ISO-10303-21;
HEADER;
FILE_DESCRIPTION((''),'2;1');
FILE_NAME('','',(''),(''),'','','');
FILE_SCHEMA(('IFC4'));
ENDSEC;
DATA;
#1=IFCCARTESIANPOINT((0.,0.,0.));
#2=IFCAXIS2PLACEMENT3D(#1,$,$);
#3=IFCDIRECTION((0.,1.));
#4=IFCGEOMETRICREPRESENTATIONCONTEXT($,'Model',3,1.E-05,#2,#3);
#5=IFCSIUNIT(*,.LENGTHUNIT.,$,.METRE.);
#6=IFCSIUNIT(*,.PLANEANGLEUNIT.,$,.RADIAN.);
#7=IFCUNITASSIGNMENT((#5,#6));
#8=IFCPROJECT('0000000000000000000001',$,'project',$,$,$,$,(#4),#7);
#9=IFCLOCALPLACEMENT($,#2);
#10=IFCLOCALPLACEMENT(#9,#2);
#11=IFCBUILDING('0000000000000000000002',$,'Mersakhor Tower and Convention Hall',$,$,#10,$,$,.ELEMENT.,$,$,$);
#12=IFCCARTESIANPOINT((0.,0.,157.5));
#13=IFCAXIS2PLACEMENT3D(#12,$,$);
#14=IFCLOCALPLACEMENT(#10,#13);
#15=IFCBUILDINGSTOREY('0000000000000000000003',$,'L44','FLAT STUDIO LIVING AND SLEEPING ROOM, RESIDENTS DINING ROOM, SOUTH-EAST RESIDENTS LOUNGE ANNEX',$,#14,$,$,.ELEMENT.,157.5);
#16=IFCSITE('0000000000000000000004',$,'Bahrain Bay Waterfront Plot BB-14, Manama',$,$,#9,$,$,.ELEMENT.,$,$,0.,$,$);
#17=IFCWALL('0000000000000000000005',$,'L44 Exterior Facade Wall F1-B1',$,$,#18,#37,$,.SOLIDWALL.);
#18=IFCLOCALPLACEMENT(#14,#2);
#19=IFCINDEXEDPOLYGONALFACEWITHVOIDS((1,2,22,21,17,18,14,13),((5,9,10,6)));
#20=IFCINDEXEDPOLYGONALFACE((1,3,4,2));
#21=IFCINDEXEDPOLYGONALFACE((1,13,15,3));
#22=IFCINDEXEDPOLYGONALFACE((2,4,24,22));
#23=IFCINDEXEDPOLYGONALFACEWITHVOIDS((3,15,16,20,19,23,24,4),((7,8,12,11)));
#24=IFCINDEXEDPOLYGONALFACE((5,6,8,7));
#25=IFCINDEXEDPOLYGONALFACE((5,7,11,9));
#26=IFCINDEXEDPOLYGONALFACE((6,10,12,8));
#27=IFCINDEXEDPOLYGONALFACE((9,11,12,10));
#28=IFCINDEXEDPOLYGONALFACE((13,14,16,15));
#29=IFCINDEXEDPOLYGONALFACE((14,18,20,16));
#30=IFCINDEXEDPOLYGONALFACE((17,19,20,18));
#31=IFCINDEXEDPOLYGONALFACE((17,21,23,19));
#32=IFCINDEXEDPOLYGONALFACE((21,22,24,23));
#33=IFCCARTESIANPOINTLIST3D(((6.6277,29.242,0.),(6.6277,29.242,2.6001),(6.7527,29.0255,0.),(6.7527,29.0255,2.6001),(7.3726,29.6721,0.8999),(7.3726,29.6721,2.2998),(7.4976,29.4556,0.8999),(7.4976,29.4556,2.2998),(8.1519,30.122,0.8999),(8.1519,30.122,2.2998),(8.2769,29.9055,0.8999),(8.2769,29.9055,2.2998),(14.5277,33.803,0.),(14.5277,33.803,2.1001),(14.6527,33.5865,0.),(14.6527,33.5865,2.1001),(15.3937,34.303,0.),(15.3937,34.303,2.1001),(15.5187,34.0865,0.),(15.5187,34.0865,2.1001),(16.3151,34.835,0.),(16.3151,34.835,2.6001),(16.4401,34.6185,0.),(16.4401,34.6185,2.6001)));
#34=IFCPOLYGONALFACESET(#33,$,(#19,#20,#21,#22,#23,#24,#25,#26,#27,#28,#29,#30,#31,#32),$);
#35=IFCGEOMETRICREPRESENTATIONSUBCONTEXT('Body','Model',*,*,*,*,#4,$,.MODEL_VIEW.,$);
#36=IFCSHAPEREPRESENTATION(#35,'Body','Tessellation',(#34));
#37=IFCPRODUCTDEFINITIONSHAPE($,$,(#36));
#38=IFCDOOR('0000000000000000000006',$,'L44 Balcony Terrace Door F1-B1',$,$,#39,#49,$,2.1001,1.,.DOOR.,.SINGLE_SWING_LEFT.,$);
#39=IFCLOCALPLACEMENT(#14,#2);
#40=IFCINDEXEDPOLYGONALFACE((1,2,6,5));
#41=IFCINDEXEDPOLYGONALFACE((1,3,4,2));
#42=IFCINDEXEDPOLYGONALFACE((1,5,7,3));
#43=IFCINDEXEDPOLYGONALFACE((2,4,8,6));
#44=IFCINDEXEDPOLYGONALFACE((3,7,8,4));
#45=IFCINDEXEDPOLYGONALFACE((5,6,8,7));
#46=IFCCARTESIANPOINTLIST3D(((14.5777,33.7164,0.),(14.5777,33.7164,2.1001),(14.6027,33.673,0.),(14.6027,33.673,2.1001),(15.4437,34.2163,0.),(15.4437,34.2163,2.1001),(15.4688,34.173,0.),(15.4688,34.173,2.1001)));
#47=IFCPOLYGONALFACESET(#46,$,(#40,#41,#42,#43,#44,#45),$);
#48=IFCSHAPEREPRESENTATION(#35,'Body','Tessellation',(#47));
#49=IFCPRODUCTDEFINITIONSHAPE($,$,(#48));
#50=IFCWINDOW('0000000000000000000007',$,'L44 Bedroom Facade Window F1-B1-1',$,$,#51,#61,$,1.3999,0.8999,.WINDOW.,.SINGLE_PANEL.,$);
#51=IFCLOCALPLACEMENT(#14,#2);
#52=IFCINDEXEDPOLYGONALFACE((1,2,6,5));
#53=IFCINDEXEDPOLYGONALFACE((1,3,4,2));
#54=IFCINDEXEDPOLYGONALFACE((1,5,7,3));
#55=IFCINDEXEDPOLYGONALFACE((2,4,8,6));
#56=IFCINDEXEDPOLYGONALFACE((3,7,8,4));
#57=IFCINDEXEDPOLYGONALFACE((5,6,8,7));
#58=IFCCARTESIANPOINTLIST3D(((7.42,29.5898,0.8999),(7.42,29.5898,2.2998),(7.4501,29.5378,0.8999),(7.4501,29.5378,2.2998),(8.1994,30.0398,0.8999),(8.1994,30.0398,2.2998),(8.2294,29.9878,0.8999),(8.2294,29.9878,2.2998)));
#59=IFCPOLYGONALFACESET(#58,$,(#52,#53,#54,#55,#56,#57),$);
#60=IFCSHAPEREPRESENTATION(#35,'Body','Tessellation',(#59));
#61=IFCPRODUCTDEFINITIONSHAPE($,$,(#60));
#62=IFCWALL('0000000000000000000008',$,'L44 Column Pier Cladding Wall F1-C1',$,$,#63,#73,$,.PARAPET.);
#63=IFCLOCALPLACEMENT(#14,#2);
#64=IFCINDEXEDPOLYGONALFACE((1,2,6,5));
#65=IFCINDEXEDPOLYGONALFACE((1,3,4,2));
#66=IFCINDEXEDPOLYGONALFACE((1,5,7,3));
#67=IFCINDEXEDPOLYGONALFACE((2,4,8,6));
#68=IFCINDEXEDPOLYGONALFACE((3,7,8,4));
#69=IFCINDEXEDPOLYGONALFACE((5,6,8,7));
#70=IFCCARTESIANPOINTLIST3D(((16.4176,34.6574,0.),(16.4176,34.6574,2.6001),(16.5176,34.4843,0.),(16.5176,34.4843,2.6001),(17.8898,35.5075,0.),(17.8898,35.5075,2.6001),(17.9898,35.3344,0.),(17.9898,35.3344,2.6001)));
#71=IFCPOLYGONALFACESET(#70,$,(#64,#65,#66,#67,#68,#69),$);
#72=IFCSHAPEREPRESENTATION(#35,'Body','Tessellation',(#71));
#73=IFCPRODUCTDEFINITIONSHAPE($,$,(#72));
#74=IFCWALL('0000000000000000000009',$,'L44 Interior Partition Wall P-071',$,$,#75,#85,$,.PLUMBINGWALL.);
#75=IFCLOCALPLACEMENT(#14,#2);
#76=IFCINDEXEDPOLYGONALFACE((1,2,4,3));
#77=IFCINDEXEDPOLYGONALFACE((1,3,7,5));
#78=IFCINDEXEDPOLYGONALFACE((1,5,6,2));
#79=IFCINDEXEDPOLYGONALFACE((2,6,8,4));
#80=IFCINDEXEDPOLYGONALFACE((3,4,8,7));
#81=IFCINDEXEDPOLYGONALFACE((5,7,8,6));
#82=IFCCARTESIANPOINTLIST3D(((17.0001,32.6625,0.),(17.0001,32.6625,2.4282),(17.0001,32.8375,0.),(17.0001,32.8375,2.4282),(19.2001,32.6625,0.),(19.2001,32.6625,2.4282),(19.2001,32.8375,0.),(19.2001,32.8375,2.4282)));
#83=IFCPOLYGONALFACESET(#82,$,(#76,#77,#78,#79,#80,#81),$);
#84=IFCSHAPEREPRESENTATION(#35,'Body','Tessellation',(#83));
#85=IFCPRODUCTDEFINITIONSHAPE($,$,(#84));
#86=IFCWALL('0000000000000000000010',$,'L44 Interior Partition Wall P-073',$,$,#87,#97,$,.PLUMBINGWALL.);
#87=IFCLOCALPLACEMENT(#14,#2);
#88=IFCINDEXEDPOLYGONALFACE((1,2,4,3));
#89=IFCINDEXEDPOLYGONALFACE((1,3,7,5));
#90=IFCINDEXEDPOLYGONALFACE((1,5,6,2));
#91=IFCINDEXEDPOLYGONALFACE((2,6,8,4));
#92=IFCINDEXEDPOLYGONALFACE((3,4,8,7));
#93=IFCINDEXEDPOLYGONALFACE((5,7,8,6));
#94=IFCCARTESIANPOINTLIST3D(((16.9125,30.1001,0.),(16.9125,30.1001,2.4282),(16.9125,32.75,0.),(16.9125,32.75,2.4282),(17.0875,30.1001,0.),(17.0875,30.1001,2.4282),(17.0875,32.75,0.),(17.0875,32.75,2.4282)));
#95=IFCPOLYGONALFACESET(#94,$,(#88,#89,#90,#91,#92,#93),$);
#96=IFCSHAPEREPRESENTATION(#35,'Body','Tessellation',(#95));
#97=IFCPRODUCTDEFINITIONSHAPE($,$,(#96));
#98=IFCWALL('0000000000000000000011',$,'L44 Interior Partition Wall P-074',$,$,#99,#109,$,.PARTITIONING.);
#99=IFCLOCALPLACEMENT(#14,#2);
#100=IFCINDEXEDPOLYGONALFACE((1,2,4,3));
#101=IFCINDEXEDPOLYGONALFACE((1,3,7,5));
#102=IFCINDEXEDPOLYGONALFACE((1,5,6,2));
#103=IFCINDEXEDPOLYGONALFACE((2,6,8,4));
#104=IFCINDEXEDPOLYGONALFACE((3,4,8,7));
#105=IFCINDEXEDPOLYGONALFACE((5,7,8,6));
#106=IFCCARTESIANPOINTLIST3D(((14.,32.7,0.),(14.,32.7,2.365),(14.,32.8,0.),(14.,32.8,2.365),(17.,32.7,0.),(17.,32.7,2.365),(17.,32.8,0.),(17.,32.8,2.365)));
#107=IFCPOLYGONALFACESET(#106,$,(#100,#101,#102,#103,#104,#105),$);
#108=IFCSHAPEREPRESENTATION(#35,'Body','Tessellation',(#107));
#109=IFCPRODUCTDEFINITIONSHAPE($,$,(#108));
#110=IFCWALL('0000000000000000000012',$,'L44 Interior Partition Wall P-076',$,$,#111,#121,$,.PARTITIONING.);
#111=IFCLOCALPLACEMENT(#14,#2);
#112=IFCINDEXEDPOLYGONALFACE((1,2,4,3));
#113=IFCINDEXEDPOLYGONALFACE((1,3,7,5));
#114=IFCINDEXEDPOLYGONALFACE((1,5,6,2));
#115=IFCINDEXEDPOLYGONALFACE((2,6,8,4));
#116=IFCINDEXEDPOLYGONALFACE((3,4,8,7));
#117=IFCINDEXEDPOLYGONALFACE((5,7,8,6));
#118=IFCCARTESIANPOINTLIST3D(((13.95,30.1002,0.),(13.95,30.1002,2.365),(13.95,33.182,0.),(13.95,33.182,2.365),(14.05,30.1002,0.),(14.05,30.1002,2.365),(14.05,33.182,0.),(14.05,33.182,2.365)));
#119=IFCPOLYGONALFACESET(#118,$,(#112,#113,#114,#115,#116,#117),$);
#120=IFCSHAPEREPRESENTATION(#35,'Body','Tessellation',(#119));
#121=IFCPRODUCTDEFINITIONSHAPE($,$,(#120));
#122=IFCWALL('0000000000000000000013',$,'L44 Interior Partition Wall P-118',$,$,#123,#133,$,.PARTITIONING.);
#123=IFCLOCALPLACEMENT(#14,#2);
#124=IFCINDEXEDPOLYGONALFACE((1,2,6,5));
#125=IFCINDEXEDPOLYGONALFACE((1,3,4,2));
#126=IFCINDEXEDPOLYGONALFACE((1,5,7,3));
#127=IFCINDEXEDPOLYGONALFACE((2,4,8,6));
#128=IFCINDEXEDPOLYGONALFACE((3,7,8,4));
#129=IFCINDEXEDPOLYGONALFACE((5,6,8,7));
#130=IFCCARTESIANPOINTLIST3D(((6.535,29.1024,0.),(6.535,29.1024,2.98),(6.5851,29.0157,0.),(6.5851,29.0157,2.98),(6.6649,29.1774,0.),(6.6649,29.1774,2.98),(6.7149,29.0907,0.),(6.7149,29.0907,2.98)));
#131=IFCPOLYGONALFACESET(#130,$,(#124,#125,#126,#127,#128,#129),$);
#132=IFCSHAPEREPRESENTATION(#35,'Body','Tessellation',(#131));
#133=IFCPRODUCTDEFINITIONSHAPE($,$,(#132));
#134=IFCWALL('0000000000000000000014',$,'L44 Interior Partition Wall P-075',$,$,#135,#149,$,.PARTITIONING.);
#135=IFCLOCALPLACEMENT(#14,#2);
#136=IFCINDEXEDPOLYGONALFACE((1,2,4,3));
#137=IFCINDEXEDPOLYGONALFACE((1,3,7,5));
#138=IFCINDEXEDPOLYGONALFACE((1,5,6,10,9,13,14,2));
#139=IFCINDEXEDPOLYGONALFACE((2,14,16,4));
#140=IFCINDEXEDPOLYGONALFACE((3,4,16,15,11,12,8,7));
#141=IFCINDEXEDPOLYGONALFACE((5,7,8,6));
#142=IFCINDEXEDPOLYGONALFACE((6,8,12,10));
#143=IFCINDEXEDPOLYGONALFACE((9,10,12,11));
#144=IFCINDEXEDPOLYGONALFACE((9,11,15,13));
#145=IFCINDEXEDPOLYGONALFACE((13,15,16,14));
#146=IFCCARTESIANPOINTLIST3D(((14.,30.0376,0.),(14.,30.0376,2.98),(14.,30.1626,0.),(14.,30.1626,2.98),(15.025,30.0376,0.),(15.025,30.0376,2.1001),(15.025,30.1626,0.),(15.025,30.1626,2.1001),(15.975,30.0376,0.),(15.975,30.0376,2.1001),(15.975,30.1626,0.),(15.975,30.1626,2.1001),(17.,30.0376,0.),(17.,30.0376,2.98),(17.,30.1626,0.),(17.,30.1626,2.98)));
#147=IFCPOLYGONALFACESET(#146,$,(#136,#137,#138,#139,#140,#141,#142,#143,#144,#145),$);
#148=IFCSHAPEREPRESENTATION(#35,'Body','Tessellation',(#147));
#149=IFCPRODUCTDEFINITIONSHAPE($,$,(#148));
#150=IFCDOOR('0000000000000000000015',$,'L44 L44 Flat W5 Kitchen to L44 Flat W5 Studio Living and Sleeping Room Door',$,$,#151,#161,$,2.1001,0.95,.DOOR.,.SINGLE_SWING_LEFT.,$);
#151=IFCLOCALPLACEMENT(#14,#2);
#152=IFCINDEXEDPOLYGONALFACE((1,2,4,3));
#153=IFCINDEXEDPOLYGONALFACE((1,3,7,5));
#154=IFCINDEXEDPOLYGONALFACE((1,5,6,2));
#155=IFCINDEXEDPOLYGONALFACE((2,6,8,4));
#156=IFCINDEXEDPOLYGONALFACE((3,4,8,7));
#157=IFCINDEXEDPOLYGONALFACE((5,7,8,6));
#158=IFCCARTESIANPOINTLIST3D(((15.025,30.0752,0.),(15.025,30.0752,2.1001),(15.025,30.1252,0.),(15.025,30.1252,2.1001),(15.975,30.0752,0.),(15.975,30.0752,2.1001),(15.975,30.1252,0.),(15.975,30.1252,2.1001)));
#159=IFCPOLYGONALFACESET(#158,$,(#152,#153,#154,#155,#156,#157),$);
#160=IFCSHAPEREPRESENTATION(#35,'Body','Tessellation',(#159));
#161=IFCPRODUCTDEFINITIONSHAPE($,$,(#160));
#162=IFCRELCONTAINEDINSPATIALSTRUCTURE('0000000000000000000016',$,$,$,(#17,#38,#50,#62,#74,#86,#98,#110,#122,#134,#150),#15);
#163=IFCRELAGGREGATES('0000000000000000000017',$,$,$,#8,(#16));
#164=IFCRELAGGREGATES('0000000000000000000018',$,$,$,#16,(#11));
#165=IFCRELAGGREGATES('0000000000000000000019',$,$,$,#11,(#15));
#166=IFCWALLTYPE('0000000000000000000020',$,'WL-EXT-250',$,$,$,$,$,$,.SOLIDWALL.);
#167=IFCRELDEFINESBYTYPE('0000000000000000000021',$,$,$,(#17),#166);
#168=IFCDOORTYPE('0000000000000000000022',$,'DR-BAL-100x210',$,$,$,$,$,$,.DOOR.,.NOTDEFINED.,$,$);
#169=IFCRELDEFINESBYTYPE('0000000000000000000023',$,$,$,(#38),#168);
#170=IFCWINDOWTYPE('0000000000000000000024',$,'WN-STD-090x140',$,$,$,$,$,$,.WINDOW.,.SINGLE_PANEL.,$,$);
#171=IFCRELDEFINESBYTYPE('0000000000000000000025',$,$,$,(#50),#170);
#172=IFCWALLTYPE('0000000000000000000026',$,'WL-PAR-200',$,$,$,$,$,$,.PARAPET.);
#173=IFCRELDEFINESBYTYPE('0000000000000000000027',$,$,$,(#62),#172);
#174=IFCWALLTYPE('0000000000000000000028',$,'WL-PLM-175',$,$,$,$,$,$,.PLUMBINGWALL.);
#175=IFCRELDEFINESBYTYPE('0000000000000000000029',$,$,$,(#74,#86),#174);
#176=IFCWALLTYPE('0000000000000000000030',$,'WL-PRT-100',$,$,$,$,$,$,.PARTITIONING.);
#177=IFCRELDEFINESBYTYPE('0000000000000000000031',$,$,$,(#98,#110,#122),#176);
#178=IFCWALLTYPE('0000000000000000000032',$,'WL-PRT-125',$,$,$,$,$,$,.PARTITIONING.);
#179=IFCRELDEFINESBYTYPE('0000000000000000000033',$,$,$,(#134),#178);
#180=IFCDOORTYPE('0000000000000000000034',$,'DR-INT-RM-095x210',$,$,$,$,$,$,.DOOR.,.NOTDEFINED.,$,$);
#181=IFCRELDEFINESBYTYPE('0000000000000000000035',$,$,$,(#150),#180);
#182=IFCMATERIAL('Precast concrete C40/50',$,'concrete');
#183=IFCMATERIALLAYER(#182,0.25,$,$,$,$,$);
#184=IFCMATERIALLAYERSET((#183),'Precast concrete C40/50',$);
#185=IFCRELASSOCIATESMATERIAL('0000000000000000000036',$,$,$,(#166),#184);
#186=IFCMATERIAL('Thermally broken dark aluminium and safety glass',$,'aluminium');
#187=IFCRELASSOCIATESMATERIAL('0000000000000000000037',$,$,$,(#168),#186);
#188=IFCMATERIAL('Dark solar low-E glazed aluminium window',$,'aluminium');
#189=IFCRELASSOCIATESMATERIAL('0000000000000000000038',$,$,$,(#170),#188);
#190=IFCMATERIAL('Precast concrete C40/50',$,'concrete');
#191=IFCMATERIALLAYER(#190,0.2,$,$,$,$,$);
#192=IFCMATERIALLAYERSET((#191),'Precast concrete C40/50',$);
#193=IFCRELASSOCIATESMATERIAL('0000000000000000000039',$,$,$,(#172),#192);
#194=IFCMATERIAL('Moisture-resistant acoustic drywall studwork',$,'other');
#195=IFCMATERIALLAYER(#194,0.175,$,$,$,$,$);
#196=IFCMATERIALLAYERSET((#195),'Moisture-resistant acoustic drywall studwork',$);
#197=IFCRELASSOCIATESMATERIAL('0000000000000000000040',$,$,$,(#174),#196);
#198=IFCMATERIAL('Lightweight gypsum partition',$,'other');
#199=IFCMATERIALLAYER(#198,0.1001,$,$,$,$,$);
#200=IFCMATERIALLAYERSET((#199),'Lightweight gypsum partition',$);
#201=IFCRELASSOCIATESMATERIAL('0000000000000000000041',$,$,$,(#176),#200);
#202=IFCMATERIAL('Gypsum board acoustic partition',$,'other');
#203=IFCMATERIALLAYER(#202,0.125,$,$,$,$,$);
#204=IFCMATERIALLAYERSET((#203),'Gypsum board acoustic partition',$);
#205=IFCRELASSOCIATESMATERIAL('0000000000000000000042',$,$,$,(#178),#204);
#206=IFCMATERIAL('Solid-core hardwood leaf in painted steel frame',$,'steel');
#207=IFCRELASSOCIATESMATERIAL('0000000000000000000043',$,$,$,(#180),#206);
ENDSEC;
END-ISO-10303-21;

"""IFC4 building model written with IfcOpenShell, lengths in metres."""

from ifc_helpers import new_model, si_unit, direction, frame, frame_2d, origin, place, context, subcontext, project, spatial, rectangle, extrude, material, layer, layer_set, type_object, element, fill, save


model = new_model("IFC4")

# Units and contexts
model_context = context("Model", 3, precision=1e-05, world=origin(), true_north=direction((0.0, 1.0)))
body_context = subcontext(model_context, "Body", "Model", "MODEL_VIEW")
ifc_project = project(units=[si_unit("LENGTHUNIT", "METRE"), si_unit("PLANEANGLEUNIT", "RADIAN")], contexts=[model_context])

# Site, building, storey
site_placement = place(None, origin())
site = spatial("IfcSite", under=ifc_project, at=site_placement, Name="Bahrain Bay Waterfront Plot BB-14, Manama", CompositionType="ELEMENT", RefElevation=0.0)
building_placement = place(site_placement, origin())
building = spatial("IfcBuilding", under=site, at=building_placement, Name="Mersakhor Tower and Convention Hall", CompositionType="ELEMENT")
storey_placement = place(building_placement, frame((0.0, 0.0, 157.5)))
storey = spatial("IfcBuildingStorey", under=building, at=storey_placement, Name="L44", Description="FLAT STUDIO LIVING AND SLEEPING ROOM, RESIDENTS DINING ROOM, SOUTH-EAST RESIDENTS LOUNGE ANNEX", CompositionType="ELEMENT", Elevation=157.5)

# Wall, openings, door, window
ifc_material_1 = material(Name="Precast concrete C40/50", Category="concrete")
ifc_layer_1 = layer(ifc_material_1, 0.25)
ifc_layer_set_1 = layer_set([ifc_layer_1], Name="Precast concrete C40/50")
wall_type_1 = type_object("IfcWallType", Name="WL-EXT-250", PredefinedType="SOLIDWALL", material=ifc_layer_set_1)
wall_1_placement = place(storey_placement, frame((6.6902, 29.1338, 0.0), z_axis=(0.0, 0.0, 1.0), x_axis=(0.866028, 0.499996, 0.0)))
wall_1 = element("IfcWall", 1, at=wall_1_placement, inside=storey, type_object=wall_type_1, Name="L44 Exterior Facade Wall F1-B1", PredefinedType="SOLIDWALL", context=body_context, shape_type="SweptSolid", body=[
    extrude(rectangle(XDim=11.186, YDim=0.25, at=frame_2d((5.593, 0.0))), origin(), (0.0, 0.0, 1.0), 2.6001),
])
opening_1_placement = place(wall_1_placement, frame((9.1221, 0.0, 0.0)))
opening_1 = element("IfcOpeningElement", 2, at=opening_1_placement, cuts=wall_1, PredefinedType="OPENING", context=body_context, shape_type="SweptSolid", body=[
    extrude(rectangle(XDim=1.0, YDim=2.1001, at=frame_2d((0.5, 1.05))), frame((0.0, 0.135, 0.0), z_axis=(0.0, -1.0, 0.0), x_axis=(1.0, 0.0, 0.0)), (0.0, 0.0, 1.0), 0.27),
])
opening_2_placement = place(wall_1_placement, frame((0.8601, 0.0, 0.8999)))
opening_2 = element("IfcOpeningElement", 3, at=opening_2_placement, cuts=wall_1, PredefinedType="OPENING", context=body_context, shape_type="SweptSolid", body=[
    extrude(rectangle(XDim=0.8999, YDim=1.3999, at=frame_2d((0.45, 0.7))), frame((0.0, 0.135, 0.0), z_axis=(0.0, -1.0, 0.0), x_axis=(1.0, 0.0, 0.0)), (0.0, 0.0, 1.0), 0.27),
])
ifc_material_2 = material(Name="Thermally broken dark aluminium and safety glass", Category="aluminium")
door_type_1 = type_object("IfcDoorType", Name="DR-BAL-100x210", OperationType="NOTDEFINED", PredefinedType="DOOR", material=ifc_material_2)
door_1_placement = place(opening_1_placement, origin())
door_1 = element("IfcDoor", 4, at=door_1_placement, inside=storey, type_object=door_type_1, Name="L44 Balcony Terrace Door F1-B1", OperationType="SINGLE_SWING_LEFT", OverallHeight=2.1001, OverallWidth=1.0, PredefinedType="DOOR", context=body_context, shape_type="SweptSolid", body=[
    extrude(rectangle(XDim=1.0, YDim=2.1001, at=frame_2d((0.5, 1.05))), frame((0.0, 0.0249, 0.0), z_axis=(0.0, -1.0, 0.0), x_axis=(1.0, 0.0, 0.0)), (0.0, 0.0, 1.0), 0.05),
])
fill(opening_1, door_1)
ifc_material_3 = material(Name="Dark solar low-E glazed aluminium window", Category="aluminium")
window_type = type_object("IfcWindowType", Name="WN-STD-090x140", PartitioningType="SINGLE_PANEL", PredefinedType="WINDOW", material=ifc_material_3)
window_placement = place(opening_2_placement, origin())
window = element("IfcWindow", 5, at=window_placement, inside=storey, type_object=window_type, Name="L44 Bedroom Facade Window F1-B1-1", OverallHeight=1.3999, OverallWidth=0.8999, PartitioningType="SINGLE_PANEL", PredefinedType="WINDOW", context=body_context, shape_type="SweptSolid", body=[
    extrude(rectangle(XDim=0.8999, YDim=1.3999, at=frame_2d((0.45, 0.7))), frame((0.0, 0.03, 0.0), z_axis=(0.0, -1.0, 0.0), x_axis=(1.0, 0.0, 0.0)), (0.0, 0.0, 1.0), 0.0601),
])
fill(opening_2, window)

# Walls
ifc_material_4 = material(Name="Precast concrete C40/50", Category="concrete")
ifc_layer_2 = layer(ifc_material_4, 0.2)
ifc_layer_set_2 = layer_set([ifc_layer_2], Name="Precast concrete C40/50")
wall_type_2 = type_object("IfcWallType", Name="WL-PAR-200", PredefinedType="PARAPET", material=ifc_layer_set_2)
wall_2_placement = place(storey_placement, frame((16.4675, 34.5708, 0.0), z_axis=(0.0, 0.0, 1.0), x_axis=(0.865989, 0.500062, 0.0)))
element("IfcWall", 6, at=wall_2_placement, inside=storey, type_object=wall_type_2, Name="L44 Column Pier Cladding Wall F1-C1", PredefinedType="PARAPET", context=body_context, shape_type="SweptSolid", body=[
    extrude(rectangle(XDim=1.7, YDim=0.2, at=frame_2d((0.8501, 0.0))), origin(), (0.0, 0.0, 1.0), 2.6001),
])
ifc_material_5 = material(Name="Moisture-resistant acoustic drywall studwork", Category="other")
ifc_layer_3 = layer(ifc_material_5, 0.175)
ifc_layer_set_3 = layer_set([ifc_layer_3], Name="Moisture-resistant acoustic drywall studwork")
wall_type_3 = type_object("IfcWallType", Name="WL-PLM-175", PredefinedType="PLUMBINGWALL", material=ifc_layer_set_3)
wall_3_placement = place(storey_placement, frame((17.0, 32.75, 0.0), z_axis=(0.0, 0.0, 1.0), x_axis=(1.0, 0.0, 0.0)))
element("IfcWall", 7, at=wall_3_placement, inside=storey, type_object=wall_type_3, Name="L44 Interior Partition Wall P-071", PredefinedType="PLUMBINGWALL", context=body_context, shape_type="SweptSolid", body=[
    extrude(rectangle(XDim=2.2, YDim=0.175, at=frame_2d((1.1001, 0.0))), origin(), (0.0, 0.0, 1.0), 2.4282),
])
wall_4_placement = place(storey_placement, frame((17.0, 30.1001, 0.0), z_axis=(0.0, 0.0, 1.0), x_axis=(0.0, 1.0, 0.0)))
element("IfcWall", 8, at=wall_4_placement, inside=storey, type_object=wall_type_3, Name="L44 Interior Partition Wall P-073", PredefinedType="PLUMBINGWALL", context=body_context, shape_type="SweptSolid", body=[
    extrude(rectangle(XDim=2.6499, YDim=0.175, at=frame_2d((1.325, 0.0))), origin(), (0.0, 0.0, 1.0), 2.4282),
])
ifc_material_6 = material(Name="Lightweight gypsum partition", Category="other")
ifc_layer_4 = layer(ifc_material_6, 0.1001)
ifc_layer_set_4 = layer_set([ifc_layer_4], Name="Lightweight gypsum partition")
wall_type_4 = type_object("IfcWallType", Name="WL-PRT-100", PredefinedType="PARTITIONING", material=ifc_layer_set_4)
wall_5_placement = place(storey_placement, frame((14.0, 32.75, 0.0), z_axis=(0.0, 0.0, 1.0), x_axis=(1.0, 0.0, 0.0)))
element("IfcWall", 9, at=wall_5_placement, inside=storey, type_object=wall_type_4, Name="L44 Interior Partition Wall P-074", PredefinedType="PARTITIONING", context=body_context, shape_type="SweptSolid", body=[
    extrude(rectangle(XDim=3.0, YDim=0.1001, at=frame_2d((1.5, 0.0))), origin(), (0.0, 0.0, 1.0), 2.365),
])
wall_6_placement = place(storey_placement, frame((14.0, 30.1001, 0.0), z_axis=(0.0, 0.0, 1.0), x_axis=(0.0, 1.0, 0.0)))
element("IfcWall", 10, at=wall_6_placement, inside=storey, type_object=wall_type_4, Name="L44 Interior Partition Wall P-076", PredefinedType="PARTITIONING", context=body_context, shape_type="SweptSolid", body=[
    extrude(rectangle(XDim=3.0818, YDim=0.1001, at=frame_2d((1.541, 0.0))), origin(), (0.0, 0.0, 1.0), 2.365),
])
wall_7_placement = place(storey_placement, frame((6.5601, 29.0591, 0.0), z_axis=(0.0, 0.0, 1.0), x_axis=(0.866131, 0.499816, 0.0)))
element("IfcWall", 11, at=wall_7_placement, inside=storey, type_object=wall_type_4, Name="L44 Interior Partition Wall P-118", PredefinedType="PARTITIONING", context=body_context, shape_type="SweptSolid", body=[
    extrude(rectangle(XDim=0.1499, YDim=0.1001, at=frame_2d((0.075, 0.0))), origin(), (0.0, 0.0, 1.0), 2.98),
])

# Wall, opening, door
ifc_material_7 = material(Name="Gypsum board acoustic partition", Category="other")
ifc_layer_5 = layer(ifc_material_7, 0.125)
ifc_layer_set_5 = layer_set([ifc_layer_5], Name="Gypsum board acoustic partition")
wall_type_5 = type_object("IfcWallType", Name="WL-PRT-125", PredefinedType="PARTITIONING", material=ifc_layer_set_5)
wall_8_placement = place(storey_placement, frame((17.0, 30.1001, 0.0), z_axis=(0.0, 0.0, 1.0), x_axis=(-1.0, 0.0, 0.0)))
wall_8 = element("IfcWall", 12, at=wall_8_placement, inside=storey, type_object=wall_type_5, Name="L44 Interior Partition Wall P-075", PredefinedType="PARTITIONING", context=body_context, shape_type="SweptSolid", body=[
    extrude(rectangle(XDim=3.0, YDim=0.125, at=frame_2d((1.5, 0.0))), origin(), (0.0, 0.0, 1.0), 2.98),
])
opening_3_placement = place(wall_8_placement, frame((1.0249, 0.0, 0.0)))
opening_3 = element("IfcOpeningElement", 13, at=opening_3_placement, cuts=wall_8, PredefinedType="OPENING", context=body_context, shape_type="SweptSolid", body=[
    extrude(rectangle(XDim=0.95, YDim=2.1001, at=frame_2d((0.4751, 1.05))), frame((0.0, 0.0725, 0.0), z_axis=(0.0, -1.0, 0.0), x_axis=(1.0, 0.0, 0.0)), (0.0, 0.0, 1.0), 0.145),
])
ifc_material_8 = material(Name="Solid-core hardwood leaf in painted steel frame", Category="steel")
door_type_2 = type_object("IfcDoorType", Name="DR-INT-RM-095x210", OperationType="NOTDEFINED", PredefinedType="DOOR", material=ifc_material_8)
door_2_placement = place(opening_3_placement, origin())
door_2 = element("IfcDoor", 14, at=door_2_placement, inside=storey, type_object=door_type_2, Name="L44 L44 Flat W5 Kitchen to L44 Flat W5 Studio Living and Sleeping Room Door", OperationType="SINGLE_SWING_LEFT", OverallHeight=2.1001, OverallWidth=0.95, PredefinedType="DOOR", context=body_context, shape_type="SweptSolid", body=[
    extrude(rectangle(XDim=0.95, YDim=2.1001, at=frame_2d((0.4751, 1.05))), frame((0.0, 0.0249, 0.0), z_axis=(0.0, -1.0, 0.0), x_axis=(1.0, 0.0, 0.0)), (0.0, 0.0, 1.0), 0.05),
])
fill(opening_3, door_2)

save(model, "model.ifc")
